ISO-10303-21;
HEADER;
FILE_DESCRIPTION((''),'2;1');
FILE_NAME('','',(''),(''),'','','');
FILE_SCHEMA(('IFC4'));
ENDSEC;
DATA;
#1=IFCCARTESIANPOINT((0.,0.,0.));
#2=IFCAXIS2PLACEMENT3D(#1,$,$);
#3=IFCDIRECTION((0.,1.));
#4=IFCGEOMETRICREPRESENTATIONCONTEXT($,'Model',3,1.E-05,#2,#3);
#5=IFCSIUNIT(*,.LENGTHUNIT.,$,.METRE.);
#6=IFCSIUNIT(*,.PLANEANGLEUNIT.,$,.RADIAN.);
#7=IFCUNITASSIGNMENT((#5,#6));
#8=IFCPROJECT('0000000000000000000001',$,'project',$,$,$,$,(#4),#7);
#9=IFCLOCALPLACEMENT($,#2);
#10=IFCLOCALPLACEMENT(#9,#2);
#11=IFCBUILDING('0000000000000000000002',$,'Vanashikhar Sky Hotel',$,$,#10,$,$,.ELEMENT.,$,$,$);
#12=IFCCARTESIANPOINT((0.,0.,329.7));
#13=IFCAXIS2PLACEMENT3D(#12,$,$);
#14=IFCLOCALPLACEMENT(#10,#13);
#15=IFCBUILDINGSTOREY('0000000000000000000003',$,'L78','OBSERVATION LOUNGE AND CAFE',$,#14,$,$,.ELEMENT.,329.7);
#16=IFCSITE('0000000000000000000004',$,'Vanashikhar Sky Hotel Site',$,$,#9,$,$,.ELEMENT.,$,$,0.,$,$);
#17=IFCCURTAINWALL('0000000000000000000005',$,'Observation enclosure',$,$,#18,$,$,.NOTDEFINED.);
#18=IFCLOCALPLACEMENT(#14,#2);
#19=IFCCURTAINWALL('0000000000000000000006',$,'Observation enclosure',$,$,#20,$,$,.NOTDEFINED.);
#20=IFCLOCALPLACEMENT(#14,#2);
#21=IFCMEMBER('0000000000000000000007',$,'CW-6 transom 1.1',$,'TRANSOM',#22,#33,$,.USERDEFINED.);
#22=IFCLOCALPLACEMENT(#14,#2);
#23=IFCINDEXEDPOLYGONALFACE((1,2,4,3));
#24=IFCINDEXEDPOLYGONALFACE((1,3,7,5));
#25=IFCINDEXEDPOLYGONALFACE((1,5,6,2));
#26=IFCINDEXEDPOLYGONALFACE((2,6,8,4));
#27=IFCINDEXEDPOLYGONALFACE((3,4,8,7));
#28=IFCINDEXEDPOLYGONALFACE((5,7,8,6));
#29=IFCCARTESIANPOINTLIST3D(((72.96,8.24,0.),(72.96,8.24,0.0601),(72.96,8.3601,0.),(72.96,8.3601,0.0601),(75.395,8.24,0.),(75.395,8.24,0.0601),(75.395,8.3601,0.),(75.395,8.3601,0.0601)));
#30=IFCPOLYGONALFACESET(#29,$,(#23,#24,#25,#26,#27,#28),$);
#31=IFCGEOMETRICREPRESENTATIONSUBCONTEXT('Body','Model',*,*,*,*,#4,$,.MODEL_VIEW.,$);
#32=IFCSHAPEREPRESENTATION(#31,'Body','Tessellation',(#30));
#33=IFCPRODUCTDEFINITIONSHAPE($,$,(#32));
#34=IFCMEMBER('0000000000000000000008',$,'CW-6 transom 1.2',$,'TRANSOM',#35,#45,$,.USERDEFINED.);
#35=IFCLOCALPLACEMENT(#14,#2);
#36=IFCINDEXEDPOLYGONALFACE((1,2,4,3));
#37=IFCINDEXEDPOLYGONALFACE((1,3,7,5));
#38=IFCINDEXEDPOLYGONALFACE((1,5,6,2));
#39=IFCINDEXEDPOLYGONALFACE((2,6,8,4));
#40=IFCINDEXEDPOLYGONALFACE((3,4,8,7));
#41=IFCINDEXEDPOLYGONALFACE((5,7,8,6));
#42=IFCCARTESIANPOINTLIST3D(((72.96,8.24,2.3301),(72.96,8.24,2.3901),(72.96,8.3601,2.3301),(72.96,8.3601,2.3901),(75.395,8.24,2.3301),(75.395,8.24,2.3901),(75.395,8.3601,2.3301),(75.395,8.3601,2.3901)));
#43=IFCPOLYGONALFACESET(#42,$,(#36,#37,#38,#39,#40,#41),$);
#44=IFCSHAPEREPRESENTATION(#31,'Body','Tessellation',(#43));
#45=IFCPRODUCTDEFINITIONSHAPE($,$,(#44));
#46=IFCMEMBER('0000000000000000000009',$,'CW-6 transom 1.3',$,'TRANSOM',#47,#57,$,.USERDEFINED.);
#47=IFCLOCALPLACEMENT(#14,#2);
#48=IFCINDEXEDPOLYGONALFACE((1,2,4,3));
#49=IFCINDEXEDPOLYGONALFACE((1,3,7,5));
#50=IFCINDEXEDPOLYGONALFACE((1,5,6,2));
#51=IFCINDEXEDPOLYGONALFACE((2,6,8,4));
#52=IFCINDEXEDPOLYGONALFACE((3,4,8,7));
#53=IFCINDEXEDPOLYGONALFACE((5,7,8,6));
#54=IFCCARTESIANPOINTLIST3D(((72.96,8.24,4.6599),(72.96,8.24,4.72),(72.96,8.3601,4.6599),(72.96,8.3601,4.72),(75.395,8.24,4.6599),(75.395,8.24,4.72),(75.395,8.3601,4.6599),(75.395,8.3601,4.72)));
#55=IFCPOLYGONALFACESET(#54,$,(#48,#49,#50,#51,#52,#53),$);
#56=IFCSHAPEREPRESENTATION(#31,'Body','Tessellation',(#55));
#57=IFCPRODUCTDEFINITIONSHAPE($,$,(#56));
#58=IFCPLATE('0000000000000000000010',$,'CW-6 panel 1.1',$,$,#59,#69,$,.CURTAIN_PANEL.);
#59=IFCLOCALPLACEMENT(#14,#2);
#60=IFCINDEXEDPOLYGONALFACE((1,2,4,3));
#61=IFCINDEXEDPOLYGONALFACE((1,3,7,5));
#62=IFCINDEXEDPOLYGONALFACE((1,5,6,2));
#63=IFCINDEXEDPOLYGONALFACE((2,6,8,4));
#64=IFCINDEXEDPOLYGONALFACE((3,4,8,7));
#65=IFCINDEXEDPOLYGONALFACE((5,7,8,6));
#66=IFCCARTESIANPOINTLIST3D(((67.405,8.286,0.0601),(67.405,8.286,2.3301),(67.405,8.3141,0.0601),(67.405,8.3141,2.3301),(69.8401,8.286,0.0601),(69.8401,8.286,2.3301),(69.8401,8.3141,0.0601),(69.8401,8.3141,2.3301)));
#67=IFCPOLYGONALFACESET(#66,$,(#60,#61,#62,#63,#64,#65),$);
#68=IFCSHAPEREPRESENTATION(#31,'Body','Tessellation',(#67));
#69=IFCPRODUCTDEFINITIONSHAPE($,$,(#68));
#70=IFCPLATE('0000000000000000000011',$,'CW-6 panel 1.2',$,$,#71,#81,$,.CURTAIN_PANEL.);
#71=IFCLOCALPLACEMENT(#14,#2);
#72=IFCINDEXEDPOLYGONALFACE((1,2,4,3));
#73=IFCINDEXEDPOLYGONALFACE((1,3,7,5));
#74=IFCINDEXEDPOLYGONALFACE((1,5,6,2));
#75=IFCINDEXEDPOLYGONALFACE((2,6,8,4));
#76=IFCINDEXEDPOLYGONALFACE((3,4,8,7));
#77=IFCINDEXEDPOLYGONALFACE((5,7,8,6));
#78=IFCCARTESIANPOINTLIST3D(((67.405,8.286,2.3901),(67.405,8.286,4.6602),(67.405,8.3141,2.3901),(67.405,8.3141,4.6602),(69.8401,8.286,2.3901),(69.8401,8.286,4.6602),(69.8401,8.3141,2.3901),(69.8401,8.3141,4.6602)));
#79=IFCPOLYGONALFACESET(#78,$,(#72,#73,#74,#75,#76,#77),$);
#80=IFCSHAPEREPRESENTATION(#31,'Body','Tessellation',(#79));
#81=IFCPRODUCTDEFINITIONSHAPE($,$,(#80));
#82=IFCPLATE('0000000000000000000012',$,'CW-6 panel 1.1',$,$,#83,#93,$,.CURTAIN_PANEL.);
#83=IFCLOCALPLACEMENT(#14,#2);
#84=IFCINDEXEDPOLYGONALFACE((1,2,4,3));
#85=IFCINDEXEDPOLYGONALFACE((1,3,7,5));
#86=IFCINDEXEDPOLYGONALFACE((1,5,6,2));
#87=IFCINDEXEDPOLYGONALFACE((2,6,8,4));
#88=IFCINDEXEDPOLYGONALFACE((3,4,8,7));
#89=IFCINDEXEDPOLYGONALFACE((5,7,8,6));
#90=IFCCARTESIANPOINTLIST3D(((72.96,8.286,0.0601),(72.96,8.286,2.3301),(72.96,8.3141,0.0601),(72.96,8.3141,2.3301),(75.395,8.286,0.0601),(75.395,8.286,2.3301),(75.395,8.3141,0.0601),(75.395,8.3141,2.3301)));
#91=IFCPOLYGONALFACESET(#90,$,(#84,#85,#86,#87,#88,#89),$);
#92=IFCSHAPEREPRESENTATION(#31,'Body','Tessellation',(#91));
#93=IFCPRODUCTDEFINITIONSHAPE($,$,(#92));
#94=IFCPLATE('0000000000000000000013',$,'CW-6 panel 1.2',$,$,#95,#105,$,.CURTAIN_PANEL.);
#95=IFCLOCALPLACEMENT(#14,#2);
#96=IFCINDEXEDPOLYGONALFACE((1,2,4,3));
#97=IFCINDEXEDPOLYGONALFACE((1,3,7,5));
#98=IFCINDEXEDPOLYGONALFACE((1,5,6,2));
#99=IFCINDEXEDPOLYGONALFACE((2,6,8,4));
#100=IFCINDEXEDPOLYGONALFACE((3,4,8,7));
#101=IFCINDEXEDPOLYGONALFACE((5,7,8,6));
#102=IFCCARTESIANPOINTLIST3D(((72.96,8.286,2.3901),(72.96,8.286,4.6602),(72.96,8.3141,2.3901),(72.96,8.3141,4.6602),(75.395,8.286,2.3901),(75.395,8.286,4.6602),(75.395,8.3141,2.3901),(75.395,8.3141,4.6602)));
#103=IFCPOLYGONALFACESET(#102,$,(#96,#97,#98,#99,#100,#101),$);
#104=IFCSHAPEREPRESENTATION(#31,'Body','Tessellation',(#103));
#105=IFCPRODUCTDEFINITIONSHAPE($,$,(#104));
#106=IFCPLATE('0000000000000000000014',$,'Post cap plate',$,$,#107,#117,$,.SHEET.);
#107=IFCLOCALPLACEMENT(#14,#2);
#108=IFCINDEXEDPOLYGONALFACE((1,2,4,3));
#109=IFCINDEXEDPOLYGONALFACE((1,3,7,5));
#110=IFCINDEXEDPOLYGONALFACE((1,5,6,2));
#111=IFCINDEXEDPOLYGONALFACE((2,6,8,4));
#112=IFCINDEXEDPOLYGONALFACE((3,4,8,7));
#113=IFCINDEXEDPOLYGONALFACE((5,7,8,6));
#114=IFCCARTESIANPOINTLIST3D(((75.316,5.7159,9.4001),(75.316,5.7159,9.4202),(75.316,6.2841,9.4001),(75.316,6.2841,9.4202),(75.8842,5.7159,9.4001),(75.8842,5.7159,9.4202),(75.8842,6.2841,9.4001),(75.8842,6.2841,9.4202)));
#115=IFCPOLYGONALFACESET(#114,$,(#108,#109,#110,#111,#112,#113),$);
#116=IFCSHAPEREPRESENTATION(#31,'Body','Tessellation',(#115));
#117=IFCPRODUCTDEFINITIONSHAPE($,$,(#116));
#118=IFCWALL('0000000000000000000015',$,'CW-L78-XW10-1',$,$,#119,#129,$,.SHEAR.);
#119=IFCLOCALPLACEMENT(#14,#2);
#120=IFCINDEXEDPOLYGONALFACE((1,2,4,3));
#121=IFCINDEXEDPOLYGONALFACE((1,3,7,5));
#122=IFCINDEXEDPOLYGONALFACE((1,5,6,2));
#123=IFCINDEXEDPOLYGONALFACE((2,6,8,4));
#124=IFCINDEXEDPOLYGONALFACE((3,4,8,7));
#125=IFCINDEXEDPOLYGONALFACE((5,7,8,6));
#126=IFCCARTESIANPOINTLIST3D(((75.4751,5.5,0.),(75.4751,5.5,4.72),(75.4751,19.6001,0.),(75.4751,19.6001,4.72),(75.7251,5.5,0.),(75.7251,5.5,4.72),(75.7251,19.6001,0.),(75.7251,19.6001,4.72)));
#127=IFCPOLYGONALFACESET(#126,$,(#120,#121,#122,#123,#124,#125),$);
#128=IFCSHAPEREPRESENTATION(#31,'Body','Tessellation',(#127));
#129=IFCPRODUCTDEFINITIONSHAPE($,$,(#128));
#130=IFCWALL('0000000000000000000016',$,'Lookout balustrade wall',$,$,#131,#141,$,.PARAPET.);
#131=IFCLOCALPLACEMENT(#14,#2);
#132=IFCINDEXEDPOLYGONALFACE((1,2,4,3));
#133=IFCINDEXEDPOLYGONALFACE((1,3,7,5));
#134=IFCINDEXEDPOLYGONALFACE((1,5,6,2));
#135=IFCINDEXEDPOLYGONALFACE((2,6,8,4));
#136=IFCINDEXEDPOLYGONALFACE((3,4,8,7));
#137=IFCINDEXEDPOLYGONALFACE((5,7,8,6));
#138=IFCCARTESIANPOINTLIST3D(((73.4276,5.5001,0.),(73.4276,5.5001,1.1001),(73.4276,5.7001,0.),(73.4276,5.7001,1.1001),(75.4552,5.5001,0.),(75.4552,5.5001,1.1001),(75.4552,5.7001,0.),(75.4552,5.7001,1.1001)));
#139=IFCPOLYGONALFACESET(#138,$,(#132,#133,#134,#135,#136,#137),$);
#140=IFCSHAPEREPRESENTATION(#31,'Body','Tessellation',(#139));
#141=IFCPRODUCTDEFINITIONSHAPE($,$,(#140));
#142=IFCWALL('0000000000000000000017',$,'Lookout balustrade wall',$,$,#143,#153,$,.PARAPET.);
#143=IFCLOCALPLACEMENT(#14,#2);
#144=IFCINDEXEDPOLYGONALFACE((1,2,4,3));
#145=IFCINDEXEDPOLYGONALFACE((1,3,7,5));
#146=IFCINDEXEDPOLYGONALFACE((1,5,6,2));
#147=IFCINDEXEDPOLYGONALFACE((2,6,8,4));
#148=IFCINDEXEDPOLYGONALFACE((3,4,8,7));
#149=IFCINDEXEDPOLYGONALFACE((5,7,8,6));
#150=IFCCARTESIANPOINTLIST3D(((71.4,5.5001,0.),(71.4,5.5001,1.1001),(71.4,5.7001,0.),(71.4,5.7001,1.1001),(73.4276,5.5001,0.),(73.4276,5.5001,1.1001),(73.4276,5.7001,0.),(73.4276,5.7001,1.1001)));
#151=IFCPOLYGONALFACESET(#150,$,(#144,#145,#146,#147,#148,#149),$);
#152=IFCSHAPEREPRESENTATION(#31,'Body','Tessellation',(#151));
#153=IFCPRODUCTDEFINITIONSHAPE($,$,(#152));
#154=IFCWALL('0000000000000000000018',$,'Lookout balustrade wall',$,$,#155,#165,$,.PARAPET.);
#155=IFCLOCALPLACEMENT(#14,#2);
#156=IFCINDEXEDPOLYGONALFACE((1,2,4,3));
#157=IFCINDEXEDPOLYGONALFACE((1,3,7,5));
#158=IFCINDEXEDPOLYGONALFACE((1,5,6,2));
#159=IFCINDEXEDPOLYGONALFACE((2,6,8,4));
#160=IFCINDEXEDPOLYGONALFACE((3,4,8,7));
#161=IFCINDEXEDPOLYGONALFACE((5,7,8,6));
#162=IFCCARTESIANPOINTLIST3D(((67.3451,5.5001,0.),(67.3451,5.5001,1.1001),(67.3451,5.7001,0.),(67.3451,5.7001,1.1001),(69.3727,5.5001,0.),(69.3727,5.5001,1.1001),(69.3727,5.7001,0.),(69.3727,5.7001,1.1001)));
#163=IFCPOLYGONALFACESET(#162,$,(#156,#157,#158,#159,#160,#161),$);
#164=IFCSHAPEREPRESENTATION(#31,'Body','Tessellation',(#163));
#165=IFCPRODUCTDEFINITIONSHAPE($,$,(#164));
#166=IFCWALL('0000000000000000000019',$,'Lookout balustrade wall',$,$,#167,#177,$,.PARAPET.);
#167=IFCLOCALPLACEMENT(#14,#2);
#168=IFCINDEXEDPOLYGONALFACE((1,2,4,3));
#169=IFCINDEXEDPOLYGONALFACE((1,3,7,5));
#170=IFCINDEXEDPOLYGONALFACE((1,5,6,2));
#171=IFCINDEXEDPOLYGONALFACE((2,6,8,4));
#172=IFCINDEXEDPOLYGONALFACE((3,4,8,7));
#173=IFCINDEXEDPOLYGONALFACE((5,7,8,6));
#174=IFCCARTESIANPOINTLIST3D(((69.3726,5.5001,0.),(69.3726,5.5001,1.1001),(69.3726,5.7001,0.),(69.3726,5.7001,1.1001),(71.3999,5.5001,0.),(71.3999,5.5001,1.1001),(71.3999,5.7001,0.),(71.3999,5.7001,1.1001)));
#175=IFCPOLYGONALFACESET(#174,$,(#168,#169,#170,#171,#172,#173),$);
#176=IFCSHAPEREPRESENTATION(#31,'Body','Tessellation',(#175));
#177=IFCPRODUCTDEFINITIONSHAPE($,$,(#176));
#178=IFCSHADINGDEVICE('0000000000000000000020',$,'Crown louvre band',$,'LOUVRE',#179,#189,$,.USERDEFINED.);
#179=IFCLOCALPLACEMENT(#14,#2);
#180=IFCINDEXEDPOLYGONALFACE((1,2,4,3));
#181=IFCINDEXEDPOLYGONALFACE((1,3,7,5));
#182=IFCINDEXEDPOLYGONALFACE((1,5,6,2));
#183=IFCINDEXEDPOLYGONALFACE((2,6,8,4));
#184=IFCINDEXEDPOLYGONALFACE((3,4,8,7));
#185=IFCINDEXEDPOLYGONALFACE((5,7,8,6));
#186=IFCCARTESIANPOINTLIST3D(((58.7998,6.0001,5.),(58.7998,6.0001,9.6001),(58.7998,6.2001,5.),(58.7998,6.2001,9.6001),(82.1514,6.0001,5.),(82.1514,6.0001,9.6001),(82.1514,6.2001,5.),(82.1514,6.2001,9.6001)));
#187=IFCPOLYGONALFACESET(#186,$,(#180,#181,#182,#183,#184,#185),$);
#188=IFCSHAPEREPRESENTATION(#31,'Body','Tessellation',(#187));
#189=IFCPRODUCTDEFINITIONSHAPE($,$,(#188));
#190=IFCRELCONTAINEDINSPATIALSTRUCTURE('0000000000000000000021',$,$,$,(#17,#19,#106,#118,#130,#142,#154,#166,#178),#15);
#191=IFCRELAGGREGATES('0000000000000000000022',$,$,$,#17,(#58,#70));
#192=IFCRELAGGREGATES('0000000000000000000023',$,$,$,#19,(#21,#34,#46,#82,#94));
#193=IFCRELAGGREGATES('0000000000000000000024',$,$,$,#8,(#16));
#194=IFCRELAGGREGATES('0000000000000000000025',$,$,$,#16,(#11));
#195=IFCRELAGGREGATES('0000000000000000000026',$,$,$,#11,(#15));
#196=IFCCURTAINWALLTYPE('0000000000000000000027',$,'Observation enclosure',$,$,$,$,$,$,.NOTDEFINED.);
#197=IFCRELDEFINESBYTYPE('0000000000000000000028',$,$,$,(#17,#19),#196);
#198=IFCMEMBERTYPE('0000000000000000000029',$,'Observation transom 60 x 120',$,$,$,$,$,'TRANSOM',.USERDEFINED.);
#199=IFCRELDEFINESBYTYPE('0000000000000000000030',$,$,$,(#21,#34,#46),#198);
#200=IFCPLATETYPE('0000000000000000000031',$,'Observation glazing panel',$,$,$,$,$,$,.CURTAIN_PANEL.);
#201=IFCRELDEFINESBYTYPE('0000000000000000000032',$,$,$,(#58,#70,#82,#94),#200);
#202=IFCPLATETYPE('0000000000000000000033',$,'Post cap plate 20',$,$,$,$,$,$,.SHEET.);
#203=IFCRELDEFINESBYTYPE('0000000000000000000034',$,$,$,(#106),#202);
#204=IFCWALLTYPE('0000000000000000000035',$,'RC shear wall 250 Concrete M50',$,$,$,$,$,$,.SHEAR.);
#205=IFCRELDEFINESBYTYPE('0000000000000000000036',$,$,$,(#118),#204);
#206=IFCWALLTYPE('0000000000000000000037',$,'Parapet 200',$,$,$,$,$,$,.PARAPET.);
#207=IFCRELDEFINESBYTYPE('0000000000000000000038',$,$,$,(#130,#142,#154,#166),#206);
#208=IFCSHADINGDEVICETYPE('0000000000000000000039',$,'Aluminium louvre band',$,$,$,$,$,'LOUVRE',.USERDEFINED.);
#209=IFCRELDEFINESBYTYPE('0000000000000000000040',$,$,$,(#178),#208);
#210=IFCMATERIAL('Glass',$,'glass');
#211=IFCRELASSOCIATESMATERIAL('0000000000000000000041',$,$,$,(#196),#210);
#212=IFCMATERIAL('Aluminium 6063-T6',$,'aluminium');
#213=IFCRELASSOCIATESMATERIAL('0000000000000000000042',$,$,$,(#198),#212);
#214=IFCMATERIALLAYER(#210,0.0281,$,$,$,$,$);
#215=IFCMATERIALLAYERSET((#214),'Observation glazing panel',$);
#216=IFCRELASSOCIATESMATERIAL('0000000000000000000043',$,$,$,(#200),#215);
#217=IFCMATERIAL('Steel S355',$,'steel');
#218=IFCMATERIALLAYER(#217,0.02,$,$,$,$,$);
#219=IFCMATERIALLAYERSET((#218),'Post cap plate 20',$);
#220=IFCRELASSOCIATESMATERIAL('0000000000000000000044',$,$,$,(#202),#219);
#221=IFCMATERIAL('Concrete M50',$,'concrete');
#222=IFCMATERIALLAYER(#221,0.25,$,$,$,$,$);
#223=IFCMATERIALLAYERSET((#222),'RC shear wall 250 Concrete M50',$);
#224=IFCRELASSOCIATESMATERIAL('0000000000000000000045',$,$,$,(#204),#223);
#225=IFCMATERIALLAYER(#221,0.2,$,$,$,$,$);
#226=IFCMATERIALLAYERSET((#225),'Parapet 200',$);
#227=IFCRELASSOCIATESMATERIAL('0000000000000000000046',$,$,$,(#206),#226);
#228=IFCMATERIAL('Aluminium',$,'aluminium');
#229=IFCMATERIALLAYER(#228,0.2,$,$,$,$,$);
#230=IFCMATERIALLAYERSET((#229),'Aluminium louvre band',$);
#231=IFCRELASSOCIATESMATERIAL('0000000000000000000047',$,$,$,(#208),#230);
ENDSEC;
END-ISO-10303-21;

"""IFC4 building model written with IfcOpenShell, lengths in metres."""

from ifc_helpers import new_model, si_unit, direction, frame, frame_2d, origin, origin_2d, place, context, subcontext, project, spatial, rectangle, extrude, source, transform, mapped, material, layer, layer_set, material_profile, profile_set, type_object, element, aggregate, save


model = new_model("IFC4")

# Units and contexts
model_context = context("Model", 3, precision=1e-05, world=origin(), true_north=direction((0.0, 1.0)))
body_context = subcontext(model_context, "Body", "Model", "MODEL_VIEW")
ifc_project = project(units=[si_unit("LENGTHUNIT", "METRE"), si_unit("PLANEANGLEUNIT", "RADIAN")], contexts=[model_context])

# Site, building, storey
site_placement = place(None, origin())
site = spatial("IfcSite", under=ifc_project, at=site_placement, Name="Vanashikhar Sky Hotel Site", CompositionType="ELEMENT", RefElevation=0.0)
building_placement = place(site_placement, origin())
building = spatial("IfcBuilding", under=site, at=building_placement, Name="Vanashikhar Sky Hotel", CompositionType="ELEMENT")
storey_placement = place(building_placement, frame((0.0, 0.0, 329.7)))
storey = spatial("IfcBuildingStorey", under=building, at=storey_placement, Name="L78", Description="OBSERVATION LOUNGE AND CAFE", CompositionType="ELEMENT", Elevation=329.7)

# Shared definitions
ifc_material_1 = material(Name="Steel S355", Category="steel")

# Curtain wall
ifc_material_2 = material(Name="Glass", Category="glass")
curtain_wall_type = type_object("IfcCurtainWallType", Name="Observation enclosure", PredefinedType="NOTDEFINED", material=ifc_material_2)
curtain_wall_1_placement = place(storey_placement, origin())
curtain_wall_1 = element("IfcCurtainWall", 1, at=curtain_wall_1_placement, inside=storey, type_object=curtain_wall_type, Name="Observation enclosure", PredefinedType="NOTDEFINED")
ifc_material_3 = material(Name="Aluminium 6063-T6", Category="aluminium")

# Curtain wall, members
curtain_wall_2_placement = place(storey_placement, origin())
curtain_wall_2 = element("IfcCurtainWall", 2, at=curtain_wall_2_placement, inside=storey, type_object=curtain_wall_type, Name="Observation enclosure", PredefinedType="NOTDEFINED")
ifc_material_profile_1 = material_profile(ifc_material_3, rectangle(XDim=0.1201, YDim=0.0601, at=origin_2d()))
ifc_profile_set_1 = profile_set([ifc_material_profile_1], Name="Aluminium 6063-T6")
member_type_1 = type_object("IfcMemberType", Name="Observation transom 60 x 120", ElementType="TRANSOM", PredefinedType="USERDEFINED", material=ifc_profile_set_1)
shared_shape_1 = source(origin(), body_context, "Body", "SweptSolid", [
    extrude(rectangle(XDim=0.1201, YDim=0.0601, at=origin_2d()), origin(), (0.0, 0.0, 1.0), 2.4351),
])
member_1_placement = place(storey_placement, frame((72.96, 8.3, 0.03), z_axis=(1.0, 0.0, 0.0), x_axis=(0.0, 1.0, 0.0)))
member_1 = element("IfcMember", 3, at=member_1_placement, type_object=member_type_1, Name="CW-6 transom 1.1", ObjectType="TRANSOM", PredefinedType="USERDEFINED", context=body_context, shape_type="MappedRepresentation", body=[
    mapped(shared_shape_1, transform((0.0, 0.0, 0.0), scale=1.0)),
])
member_2_placement = place(storey_placement, frame((72.96, 8.3, 2.3601), z_axis=(1.0, 0.0, 0.0), x_axis=(0.0, 1.0, 0.0)))
member_2 = element("IfcMember", 4, at=member_2_placement, type_object=member_type_1, Name="CW-6 transom 1.2", ObjectType="TRANSOM", PredefinedType="USERDEFINED", context=body_context, shape_type="MappedRepresentation", body=[
    mapped(shared_shape_1, transform((0.0, 0.0, 0.0), scale=1.0)),
])
member_3_placement = place(storey_placement, frame((72.96, 8.3, 4.6899), z_axis=(1.0, 0.0, 0.0), x_axis=(0.0, 1.0, 0.0)))
member_3 = element("IfcMember", 5, at=member_3_placement, type_object=member_type_1, Name="CW-6 transom 1.3", ObjectType="TRANSOM", PredefinedType="USERDEFINED", context=body_context, shape_type="MappedRepresentation", body=[
    mapped(shared_shape_1, transform((0.0, 0.0, 0.0), scale=1.0)),
])

# Plates
ifc_layer_1 = layer(ifc_material_2, 0.0281)
ifc_layer_set_1 = layer_set([ifc_layer_1], Name="Observation glazing panel")
plate_type_1 = type_object("IfcPlateType", Name="Observation glazing panel", PredefinedType="CURTAIN_PANEL", material=ifc_layer_set_1)
shared_shape_2 = source(origin(), body_context, "Body", "SweptSolid", [
    extrude(rectangle(XDim=2.4351, YDim=0.0281, at=origin_2d()), origin(), (0.0, 0.0, 1.0), 2.27),
])
plate_1_placement = place(storey_placement, frame((68.6226, 8.3, 0.0601), z_axis=(0.0, 0.0, 1.0), x_axis=(1.0, 0.0, 0.0)))
plate_1 = element("IfcPlate", 6, at=plate_1_placement, type_object=plate_type_1, Name="CW-6 panel 1.1", PredefinedType="CURTAIN_PANEL", context=body_context, shape_type="MappedRepresentation", body=[
    mapped(shared_shape_2, transform((0.0, 0.0, 0.0), scale=1.0)),
])
plate_2_placement = place(storey_placement, frame((68.6226, 8.3, 2.3901), z_axis=(0.0, 0.0, 1.0), x_axis=(1.0, 0.0, 0.0)))
plate_2 = element("IfcPlate", 7, at=plate_2_placement, type_object=plate_type_1, Name="CW-6 panel 1.2", PredefinedType="CURTAIN_PANEL", context=body_context, shape_type="MappedRepresentation", body=[
    mapped(shared_shape_2, transform((0.0, 0.0, 0.0), scale=1.0)),
])
aggregate(curtain_wall_1, [plate_1, plate_2])
plate_3_placement = place(storey_placement, frame((74.1775, 8.3, 0.0601), z_axis=(0.0, 0.0, 1.0), x_axis=(1.0, 0.0, 0.0)))
plate_3 = element("IfcPlate", 8, at=plate_3_placement, type_object=plate_type_1, Name="CW-6 panel 1.1", PredefinedType="CURTAIN_PANEL", context=body_context, shape_type="MappedRepresentation", body=[
    mapped(shared_shape_2, transform((0.0, 0.0, 0.0), scale=1.0)),
])
plate_4_placement = place(storey_placement, frame((74.1775, 8.3, 2.3901), z_axis=(0.0, 0.0, 1.0), x_axis=(1.0, 0.0, 0.0)))
plate_4 = element("IfcPlate", 9, at=plate_4_placement, type_object=plate_type_1, Name="CW-6 panel 1.2", PredefinedType="CURTAIN_PANEL", context=body_context, shape_type="MappedRepresentation", body=[
    mapped(shared_shape_2, transform((0.0, 0.0, 0.0), scale=1.0)),
])
aggregate(curtain_wall_2, [member_1, member_2, member_3, plate_3, plate_4])
ifc_layer_2 = layer(ifc_material_1, 0.02)
ifc_layer_set_2 = layer_set([ifc_layer_2], Name="Post cap plate 20")
plate_type_2 = type_object("IfcPlateType", Name="Post cap plate 20", PredefinedType="SHEET", material=ifc_layer_set_2)
shared_shape_3 = source(origin(), body_context, "Body", "SweptSolid", [
    extrude(rectangle(XDim=0.5681, YDim=0.5681, at=origin_2d()), origin(), (0.0, 0.0, 1.0), 0.02),
])
plate_5_placement = place(storey_placement, frame((75.6001, 6.0, 9.4001), z_axis=(0.0, 0.0, 1.0), x_axis=(1.0, 0.0, 0.0)))
element("IfcPlate", 10, at=plate_5_placement, inside=storey, type_object=plate_type_2, Name="Post cap plate", PredefinedType="SHEET", context=body_context, shape_type="MappedRepresentation", body=[
    mapped(shared_shape_3, transform((0.0, 0.0, 0.0), scale=1.0)),
])

# Walls
ifc_material_4 = material(Name="Concrete M50", Category="concrete")
ifc_layer_3 = layer(ifc_material_4, 0.25)
ifc_layer_set_3 = layer_set([ifc_layer_3], Name="RC shear wall 250 Concrete M50")
wall_type_1 = type_object("IfcWallType", Name="RC shear wall 250 Concrete M50", PredefinedType="SHEAR", material=ifc_layer_set_3)
shared_shape_4 = source(origin(), body_context, "Body", "SweptSolid", [
    extrude(rectangle(XDim=14.1001, YDim=0.25, at=frame_2d((7.05, 0.0))), origin(), (0.0, 0.0, 1.0), 4.72),
])
wall_1_placement = place(storey_placement, frame((75.6001, 5.5, 0.0), z_axis=(0.0, 0.0, 1.0), x_axis=(0.0, 1.0, 0.0)))
element("IfcWall", 11, at=wall_1_placement, inside=storey, type_object=wall_type_1, Name="CW-L78-XW10-1", PredefinedType="SHEAR", context=body_context, shape_type="MappedRepresentation", body=[
    mapped(shared_shape_4, transform((0.0, 0.0, 0.0), scale=1.0)),
])
ifc_layer_4 = layer(ifc_material_4, 0.2)
ifc_layer_set_4 = layer_set([ifc_layer_4], Name="Parapet 200")
wall_type_2 = type_object("IfcWallType", Name="Parapet 200", PredefinedType="PARAPET", material=ifc_layer_set_4)
shared_shape_5 = source(origin(), body_context, "Body", "SweptSolid", [
    extrude(rectangle(XDim=2.0276, YDim=0.2, at=frame_2d((1.0137, 0.0))), origin(), (0.0, 0.0, 1.0), 1.1001),
])
for number, where, z_axis, x_axis, name in (
    (12, (75.4551, 5.6001, 0.0), (0.0, 0.0, 1.0), (-1.0, 0.0, 0.0), "Lookout balustrade wall"),
    (13, (73.4275, 5.6001, 0.0), (0.0, 0.0, 1.0), (-1.0, 0.0, 0.0), "Lookout balustrade wall"),
    (14, (69.3726, 5.6001, 0.0), (0.0, 0.0, 1.0), (-1.0, 0.0, 0.0), "Lookout balustrade wall"),
):
    element("IfcWall", number, at=place(storey_placement, frame(where, z_axis=z_axis, x_axis=x_axis)), inside=storey, type_object=wall_type_2, Name=name, PredefinedType="PARAPET", context=body_context, shape_type="MappedRepresentation", body=[
        mapped(shared_shape_5, transform((0.0, 0.0, 0.0), scale=1.0)),
    ])
shared_shape_6 = source(origin(), body_context, "Body", "SweptSolid", [
    extrude(rectangle(XDim=2.0273, YDim=0.2, at=frame_2d((1.0137, 0.0))), origin(), (0.0, 0.0, 1.0), 1.1001),
])
wall_2_placement = place(storey_placement, frame((71.3999, 5.6001, 0.0), z_axis=(0.0, 0.0, 1.0), x_axis=(-1.0, 0.0, 0.0)))
element("IfcWall", 15, at=wall_2_placement, inside=storey, type_object=wall_type_2, Name="Lookout balustrade wall", PredefinedType="PARAPET", context=body_context, shape_type="MappedRepresentation", body=[
    mapped(shared_shape_6, transform((0.0, 0.0, 0.0), scale=1.0)),
])

# Shared definitions
ifc_material_5 = material(Name="Aluminium", Category="aluminium")

# Shading device
ifc_layer_5 = layer(ifc_material_5, 0.2)
ifc_layer_set_5 = layer_set([ifc_layer_5], Name="Aluminium louvre band")
shading_device_type = type_object("IfcShadingDeviceType", Name="Aluminium louvre band", ElementType="LOUVRE", PredefinedType="USERDEFINED", material=ifc_layer_set_5)
shared_shape_7 = source(origin(), body_context, "Body", "SweptSolid", [
    extrude(rectangle(XDim=23.3516, YDim=0.2, at=origin_2d()), origin(), (0.0, 0.0, 1.0), 4.6001),
])
shading_device_placement = place(storey_placement, frame((70.4756, 6.1001, 5.0), z_axis=(0.0, 0.0, 1.0), x_axis=(-1.0, 0.0, 0.0)))
element("IfcShadingDevice", 16, at=shading_device_placement, inside=storey, type_object=shading_device_type, Name="Crown louvre band", ObjectType="LOUVRE", PredefinedType="USERDEFINED", context=body_context, shape_type="MappedRepresentation", body=[
    mapped(shared_shape_7, transform((0.0, 0.0, 0.0), scale=1.0)),
])

save(model, "model.ifc")
